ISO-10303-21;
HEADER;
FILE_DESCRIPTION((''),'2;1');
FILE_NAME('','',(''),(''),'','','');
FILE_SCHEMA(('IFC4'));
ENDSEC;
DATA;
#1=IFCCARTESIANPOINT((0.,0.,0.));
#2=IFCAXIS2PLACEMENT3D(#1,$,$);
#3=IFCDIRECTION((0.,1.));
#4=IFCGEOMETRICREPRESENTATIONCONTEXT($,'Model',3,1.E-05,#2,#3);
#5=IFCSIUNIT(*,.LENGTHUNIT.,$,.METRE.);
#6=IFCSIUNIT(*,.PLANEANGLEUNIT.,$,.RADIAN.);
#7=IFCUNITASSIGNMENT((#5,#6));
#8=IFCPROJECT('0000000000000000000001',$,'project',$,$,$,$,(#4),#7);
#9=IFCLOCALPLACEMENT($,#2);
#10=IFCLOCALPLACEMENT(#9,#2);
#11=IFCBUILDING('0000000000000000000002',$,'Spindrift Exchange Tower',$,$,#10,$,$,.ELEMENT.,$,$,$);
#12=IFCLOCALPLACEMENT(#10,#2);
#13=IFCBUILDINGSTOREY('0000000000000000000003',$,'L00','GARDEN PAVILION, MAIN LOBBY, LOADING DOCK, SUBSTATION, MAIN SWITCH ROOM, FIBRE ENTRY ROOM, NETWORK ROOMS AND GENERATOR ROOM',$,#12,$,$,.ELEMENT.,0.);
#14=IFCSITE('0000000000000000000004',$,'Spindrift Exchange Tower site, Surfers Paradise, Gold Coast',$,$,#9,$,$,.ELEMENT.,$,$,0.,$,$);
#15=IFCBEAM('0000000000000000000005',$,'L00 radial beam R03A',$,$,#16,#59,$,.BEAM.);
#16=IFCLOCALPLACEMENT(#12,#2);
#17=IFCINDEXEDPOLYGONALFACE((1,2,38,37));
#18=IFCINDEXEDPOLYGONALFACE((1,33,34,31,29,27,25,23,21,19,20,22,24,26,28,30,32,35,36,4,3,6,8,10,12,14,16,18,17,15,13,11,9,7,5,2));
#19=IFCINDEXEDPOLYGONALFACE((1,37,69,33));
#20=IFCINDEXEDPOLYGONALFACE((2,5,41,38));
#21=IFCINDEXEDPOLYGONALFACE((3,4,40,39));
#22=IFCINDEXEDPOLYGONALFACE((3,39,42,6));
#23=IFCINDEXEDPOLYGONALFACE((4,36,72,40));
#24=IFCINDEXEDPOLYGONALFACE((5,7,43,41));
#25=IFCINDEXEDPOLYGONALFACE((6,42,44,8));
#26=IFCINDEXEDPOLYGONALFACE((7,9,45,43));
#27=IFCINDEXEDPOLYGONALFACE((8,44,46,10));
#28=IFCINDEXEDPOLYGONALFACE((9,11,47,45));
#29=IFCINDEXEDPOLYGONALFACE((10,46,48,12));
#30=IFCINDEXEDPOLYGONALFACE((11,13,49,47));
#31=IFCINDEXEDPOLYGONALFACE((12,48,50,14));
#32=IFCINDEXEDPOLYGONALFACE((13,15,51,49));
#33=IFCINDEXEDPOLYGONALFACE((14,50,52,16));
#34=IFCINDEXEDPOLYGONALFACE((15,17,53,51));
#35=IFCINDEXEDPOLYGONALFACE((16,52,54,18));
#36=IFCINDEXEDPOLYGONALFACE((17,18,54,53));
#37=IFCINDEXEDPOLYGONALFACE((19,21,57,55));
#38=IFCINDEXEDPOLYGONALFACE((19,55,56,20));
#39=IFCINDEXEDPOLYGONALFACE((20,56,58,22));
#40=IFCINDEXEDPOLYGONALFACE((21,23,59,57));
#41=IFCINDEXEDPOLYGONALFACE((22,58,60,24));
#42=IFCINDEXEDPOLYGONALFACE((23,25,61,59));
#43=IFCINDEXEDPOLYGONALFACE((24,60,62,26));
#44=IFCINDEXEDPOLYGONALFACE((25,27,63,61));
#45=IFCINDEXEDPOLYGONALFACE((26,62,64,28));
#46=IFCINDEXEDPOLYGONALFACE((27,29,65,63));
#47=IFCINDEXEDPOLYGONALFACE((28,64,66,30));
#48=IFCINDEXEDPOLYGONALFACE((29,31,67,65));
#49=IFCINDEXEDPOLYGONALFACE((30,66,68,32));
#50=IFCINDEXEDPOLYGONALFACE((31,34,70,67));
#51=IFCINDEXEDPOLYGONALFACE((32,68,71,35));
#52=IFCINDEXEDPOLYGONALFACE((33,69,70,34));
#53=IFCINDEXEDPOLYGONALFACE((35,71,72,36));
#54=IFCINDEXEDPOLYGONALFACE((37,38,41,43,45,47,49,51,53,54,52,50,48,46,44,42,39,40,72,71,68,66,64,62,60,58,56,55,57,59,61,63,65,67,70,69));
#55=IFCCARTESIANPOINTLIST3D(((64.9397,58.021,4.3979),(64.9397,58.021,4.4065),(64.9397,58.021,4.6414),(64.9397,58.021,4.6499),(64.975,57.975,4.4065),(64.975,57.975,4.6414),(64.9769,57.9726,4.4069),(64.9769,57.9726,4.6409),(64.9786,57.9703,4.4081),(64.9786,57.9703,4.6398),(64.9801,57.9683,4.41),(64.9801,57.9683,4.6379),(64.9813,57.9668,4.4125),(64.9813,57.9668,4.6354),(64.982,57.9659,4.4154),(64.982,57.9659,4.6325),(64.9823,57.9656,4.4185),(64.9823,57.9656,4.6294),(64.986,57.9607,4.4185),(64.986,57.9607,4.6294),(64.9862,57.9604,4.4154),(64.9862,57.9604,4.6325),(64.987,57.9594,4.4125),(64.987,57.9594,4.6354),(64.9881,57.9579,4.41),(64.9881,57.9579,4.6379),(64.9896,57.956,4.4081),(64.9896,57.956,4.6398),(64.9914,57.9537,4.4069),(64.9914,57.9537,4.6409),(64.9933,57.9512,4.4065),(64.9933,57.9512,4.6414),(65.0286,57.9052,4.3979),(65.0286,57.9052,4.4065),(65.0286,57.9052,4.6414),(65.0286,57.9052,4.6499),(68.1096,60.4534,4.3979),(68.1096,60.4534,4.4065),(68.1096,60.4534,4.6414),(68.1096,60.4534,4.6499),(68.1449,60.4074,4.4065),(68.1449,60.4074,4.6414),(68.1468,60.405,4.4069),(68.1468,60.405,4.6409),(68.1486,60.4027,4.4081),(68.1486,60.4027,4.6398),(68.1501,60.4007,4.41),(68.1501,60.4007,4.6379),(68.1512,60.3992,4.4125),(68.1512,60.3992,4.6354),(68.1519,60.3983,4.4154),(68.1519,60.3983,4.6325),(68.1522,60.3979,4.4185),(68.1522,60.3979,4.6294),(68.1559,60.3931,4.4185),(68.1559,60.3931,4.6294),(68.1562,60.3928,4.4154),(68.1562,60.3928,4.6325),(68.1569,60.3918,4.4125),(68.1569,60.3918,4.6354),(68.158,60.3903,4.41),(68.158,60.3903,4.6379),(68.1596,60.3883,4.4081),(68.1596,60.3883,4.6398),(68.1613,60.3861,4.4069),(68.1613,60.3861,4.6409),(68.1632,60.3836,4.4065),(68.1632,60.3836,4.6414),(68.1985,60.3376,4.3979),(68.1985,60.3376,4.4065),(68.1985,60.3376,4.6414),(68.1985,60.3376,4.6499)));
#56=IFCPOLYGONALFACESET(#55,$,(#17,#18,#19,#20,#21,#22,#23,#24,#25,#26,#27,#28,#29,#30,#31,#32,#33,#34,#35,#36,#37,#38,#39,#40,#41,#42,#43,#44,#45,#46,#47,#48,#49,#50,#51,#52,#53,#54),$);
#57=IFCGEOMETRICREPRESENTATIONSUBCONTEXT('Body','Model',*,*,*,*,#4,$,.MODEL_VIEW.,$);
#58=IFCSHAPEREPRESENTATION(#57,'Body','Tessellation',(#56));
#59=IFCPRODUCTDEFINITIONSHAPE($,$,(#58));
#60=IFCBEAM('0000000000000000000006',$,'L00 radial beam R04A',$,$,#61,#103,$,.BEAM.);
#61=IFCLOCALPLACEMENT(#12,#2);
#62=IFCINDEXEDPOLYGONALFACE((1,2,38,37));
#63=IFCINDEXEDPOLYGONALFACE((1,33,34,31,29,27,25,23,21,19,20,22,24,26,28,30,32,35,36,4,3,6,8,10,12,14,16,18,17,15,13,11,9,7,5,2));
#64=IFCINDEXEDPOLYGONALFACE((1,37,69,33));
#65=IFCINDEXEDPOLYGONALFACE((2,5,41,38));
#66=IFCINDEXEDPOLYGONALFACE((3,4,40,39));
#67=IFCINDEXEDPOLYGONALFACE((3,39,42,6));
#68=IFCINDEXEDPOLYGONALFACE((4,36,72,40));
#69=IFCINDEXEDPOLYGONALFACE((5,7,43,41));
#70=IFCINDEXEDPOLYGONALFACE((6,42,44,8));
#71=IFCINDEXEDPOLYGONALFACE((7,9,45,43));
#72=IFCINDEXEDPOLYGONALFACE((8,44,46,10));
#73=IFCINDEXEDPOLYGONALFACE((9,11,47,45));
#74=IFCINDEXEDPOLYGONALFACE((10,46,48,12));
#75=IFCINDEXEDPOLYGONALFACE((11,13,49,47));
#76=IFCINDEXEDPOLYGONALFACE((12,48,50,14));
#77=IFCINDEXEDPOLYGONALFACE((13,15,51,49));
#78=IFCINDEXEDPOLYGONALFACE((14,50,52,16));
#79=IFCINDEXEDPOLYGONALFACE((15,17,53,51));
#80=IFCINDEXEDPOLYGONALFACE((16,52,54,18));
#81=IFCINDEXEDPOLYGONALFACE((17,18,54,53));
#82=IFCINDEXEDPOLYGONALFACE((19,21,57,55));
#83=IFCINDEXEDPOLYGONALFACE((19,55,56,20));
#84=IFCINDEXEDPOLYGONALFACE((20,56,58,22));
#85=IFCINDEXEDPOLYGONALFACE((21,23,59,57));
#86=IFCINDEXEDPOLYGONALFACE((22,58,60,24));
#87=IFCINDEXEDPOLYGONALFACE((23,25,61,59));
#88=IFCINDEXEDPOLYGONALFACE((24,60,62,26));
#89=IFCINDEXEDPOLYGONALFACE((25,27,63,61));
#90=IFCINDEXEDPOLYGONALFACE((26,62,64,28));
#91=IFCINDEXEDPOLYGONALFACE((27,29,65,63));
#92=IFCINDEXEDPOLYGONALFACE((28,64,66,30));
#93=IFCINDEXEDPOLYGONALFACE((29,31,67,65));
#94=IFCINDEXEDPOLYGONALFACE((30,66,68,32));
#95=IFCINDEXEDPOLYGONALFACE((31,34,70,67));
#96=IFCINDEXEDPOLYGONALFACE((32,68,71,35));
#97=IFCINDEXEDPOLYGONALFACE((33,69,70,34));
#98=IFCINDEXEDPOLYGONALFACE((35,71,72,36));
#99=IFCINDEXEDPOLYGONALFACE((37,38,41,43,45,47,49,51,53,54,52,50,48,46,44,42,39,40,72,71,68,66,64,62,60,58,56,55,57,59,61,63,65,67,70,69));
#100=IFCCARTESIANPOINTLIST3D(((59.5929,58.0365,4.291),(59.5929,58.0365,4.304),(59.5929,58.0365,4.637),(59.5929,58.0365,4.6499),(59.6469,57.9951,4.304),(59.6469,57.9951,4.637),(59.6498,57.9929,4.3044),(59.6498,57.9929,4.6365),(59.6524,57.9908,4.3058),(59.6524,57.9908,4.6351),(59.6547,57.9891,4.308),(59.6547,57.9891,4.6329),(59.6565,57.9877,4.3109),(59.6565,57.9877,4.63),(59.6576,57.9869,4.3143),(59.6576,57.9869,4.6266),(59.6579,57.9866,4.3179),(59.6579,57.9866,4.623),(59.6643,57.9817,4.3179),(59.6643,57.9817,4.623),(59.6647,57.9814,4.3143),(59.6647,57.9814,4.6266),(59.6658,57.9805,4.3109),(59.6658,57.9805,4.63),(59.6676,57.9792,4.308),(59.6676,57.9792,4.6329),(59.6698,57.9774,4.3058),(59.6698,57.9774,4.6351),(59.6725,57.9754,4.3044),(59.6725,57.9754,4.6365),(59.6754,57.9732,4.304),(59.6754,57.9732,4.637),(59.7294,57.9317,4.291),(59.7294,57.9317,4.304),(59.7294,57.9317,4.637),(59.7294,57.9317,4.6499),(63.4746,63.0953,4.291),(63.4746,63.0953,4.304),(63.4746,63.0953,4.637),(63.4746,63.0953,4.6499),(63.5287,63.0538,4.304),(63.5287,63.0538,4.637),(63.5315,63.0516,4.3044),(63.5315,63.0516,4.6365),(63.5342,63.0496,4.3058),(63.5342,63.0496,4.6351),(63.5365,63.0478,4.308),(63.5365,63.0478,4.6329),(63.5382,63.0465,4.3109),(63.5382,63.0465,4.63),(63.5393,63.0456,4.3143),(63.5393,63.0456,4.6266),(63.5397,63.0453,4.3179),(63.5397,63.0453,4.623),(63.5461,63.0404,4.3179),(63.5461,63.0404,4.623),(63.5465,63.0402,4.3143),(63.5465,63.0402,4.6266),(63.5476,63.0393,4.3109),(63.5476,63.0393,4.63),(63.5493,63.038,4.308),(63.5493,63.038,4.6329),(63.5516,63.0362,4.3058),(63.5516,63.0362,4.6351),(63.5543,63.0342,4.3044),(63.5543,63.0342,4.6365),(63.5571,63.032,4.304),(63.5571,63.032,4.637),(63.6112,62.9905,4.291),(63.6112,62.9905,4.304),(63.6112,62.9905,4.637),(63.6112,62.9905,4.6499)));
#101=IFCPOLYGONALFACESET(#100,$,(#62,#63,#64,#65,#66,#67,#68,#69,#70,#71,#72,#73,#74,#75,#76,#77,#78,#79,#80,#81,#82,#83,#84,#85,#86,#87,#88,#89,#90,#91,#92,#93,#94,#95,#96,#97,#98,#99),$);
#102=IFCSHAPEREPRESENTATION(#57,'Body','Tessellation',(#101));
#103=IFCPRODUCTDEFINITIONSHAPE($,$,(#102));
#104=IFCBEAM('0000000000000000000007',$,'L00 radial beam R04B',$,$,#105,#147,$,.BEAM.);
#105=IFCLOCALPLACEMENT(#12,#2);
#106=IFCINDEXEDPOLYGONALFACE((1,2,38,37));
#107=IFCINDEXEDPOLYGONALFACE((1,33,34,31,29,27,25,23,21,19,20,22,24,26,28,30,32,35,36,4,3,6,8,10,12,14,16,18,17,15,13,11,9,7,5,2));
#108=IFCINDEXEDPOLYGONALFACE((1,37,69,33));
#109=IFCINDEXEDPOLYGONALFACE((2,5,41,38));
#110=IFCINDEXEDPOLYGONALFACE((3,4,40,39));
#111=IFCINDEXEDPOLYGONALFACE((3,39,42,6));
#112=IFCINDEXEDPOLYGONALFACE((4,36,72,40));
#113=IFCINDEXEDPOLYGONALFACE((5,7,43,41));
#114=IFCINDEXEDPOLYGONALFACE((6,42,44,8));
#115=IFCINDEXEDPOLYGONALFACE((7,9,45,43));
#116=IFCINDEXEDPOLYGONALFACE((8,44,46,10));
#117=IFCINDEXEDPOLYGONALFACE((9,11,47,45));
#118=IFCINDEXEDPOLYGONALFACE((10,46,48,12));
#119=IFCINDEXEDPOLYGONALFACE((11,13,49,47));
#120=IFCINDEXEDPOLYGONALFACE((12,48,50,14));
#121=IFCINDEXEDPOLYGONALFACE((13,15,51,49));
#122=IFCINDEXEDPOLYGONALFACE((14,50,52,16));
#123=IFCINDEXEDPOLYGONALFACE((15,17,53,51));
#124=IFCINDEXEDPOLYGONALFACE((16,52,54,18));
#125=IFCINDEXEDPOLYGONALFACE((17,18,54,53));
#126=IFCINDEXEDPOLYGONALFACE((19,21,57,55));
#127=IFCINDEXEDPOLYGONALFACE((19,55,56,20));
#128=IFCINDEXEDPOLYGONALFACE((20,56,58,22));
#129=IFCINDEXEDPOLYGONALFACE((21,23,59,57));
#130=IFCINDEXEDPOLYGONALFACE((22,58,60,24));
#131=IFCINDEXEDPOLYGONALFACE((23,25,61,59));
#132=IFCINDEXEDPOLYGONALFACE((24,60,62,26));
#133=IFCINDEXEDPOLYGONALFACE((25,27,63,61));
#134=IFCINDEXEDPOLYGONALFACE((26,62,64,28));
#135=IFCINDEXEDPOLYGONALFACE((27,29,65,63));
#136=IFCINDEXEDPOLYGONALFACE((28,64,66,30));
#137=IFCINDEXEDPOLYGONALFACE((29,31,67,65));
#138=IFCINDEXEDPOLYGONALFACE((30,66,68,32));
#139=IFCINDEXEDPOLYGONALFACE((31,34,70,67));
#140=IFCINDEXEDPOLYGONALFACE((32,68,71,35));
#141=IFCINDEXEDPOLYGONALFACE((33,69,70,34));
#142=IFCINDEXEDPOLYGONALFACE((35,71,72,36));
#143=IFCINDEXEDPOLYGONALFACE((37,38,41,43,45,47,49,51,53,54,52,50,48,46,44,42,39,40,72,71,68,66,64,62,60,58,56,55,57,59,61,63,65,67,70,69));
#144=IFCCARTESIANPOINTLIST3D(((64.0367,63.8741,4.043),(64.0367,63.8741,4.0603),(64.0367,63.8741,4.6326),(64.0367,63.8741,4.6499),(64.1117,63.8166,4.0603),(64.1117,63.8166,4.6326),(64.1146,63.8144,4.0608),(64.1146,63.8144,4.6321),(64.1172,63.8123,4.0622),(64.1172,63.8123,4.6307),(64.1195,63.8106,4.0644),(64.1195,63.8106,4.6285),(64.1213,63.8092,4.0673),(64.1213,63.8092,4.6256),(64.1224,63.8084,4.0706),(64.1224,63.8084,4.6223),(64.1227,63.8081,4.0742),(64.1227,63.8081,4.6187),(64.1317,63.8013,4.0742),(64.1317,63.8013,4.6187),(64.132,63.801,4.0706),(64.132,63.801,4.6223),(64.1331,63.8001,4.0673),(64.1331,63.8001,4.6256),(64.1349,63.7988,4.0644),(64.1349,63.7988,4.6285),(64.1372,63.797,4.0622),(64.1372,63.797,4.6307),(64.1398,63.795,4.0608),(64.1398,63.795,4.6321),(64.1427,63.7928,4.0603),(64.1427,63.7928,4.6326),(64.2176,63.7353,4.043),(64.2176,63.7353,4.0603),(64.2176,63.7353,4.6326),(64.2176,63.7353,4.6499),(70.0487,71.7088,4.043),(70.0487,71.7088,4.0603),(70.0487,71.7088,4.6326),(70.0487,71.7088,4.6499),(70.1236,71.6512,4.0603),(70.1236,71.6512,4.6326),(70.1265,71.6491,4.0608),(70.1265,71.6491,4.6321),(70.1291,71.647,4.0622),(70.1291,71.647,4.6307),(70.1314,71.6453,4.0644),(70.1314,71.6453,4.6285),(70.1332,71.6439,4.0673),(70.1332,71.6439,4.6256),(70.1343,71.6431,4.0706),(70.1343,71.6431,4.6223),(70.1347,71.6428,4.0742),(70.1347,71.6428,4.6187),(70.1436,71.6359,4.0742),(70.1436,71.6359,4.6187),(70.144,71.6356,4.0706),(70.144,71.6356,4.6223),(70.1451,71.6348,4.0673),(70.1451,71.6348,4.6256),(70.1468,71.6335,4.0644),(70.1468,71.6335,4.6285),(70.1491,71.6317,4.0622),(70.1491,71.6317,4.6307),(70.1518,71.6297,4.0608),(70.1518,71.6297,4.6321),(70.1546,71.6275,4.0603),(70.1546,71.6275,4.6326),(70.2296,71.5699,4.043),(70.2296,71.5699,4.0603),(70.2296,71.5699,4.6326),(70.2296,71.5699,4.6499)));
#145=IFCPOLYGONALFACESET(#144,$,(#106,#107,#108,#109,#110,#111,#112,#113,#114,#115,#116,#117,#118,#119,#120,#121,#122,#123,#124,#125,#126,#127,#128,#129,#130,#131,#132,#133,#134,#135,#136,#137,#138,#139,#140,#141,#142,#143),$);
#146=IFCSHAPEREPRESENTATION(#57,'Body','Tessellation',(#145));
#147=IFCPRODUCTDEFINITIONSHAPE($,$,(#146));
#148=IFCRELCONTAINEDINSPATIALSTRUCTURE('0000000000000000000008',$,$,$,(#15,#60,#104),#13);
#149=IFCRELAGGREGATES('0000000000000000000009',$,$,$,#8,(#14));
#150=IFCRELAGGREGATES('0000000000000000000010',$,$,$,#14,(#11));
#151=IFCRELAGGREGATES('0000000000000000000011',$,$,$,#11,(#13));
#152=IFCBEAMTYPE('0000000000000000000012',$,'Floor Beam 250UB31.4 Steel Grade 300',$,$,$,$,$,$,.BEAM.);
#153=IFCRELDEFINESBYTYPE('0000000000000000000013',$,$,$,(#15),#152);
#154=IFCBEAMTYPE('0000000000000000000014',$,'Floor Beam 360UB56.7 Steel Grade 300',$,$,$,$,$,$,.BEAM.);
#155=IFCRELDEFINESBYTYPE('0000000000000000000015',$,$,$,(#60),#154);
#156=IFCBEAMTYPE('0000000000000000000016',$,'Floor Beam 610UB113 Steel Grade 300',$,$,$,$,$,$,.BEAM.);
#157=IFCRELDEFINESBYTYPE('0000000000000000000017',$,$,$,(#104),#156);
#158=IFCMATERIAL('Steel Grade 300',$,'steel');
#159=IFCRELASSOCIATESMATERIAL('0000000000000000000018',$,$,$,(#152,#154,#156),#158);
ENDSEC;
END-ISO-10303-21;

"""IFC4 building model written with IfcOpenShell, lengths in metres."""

from ifc_helpers import new_model, si_unit, direction, frame, origin, origin_2d, place, context, subcontext, project, spatial, i_section, extrude, source, transform, mapped, material, material_profile, profile_set, type_object, element, save


model = new_model("IFC4")

# Units and contexts
model_context = context("Model", 3, precision=1e-05, world=origin(), true_north=direction((0.0, 1.0)))
body_context = subcontext(model_context, "Body", "Model", "MODEL_VIEW")
ifc_project = project(units=[si_unit("LENGTHUNIT", "METRE"), si_unit("PLANEANGLEUNIT", "RADIAN")], contexts=[model_context])

# Site, building, storey
site_placement = place(None, origin())
site = spatial("IfcSite", under=ifc_project, at=site_placement, Name="Spindrift Exchange Tower site, Surfers Paradise, Gold Coast", CompositionType="ELEMENT", RefElevation=0.0)
building_placement = place(site_placement, origin())
building = spatial("IfcBuilding", under=site, at=building_placement, Name="Spindrift Exchange Tower", CompositionType="ELEMENT")
storey_placement = place(building_placement, origin())
storey = spatial("IfcBuildingStorey", under=building, at=storey_placement, Name="L00", Description="GARDEN PAVILION, MAIN LOBBY, LOADING DOCK, SUBSTATION, MAIN SWITCH ROOM, FIBRE ENTRY ROOM, NETWORK ROOMS AND GENERATOR ROOM", CompositionType="ELEMENT", Elevation=0.0)

# Beams
ifc_material_1 = material(Name="Steel Grade 300", Category="steel")
ifc_material_profile_1 = material_profile(ifc_material_1, i_section(OverallWidth=0.146, OverallDepth=0.252, WebThickness=0.0061, FlangeThickness=0.0085, FilletRadius=0.012, at=origin_2d()), Name="250UB31.4")
ifc_profile_set_1 = profile_set([ifc_material_profile_1], Name="Steel Grade 300")
beam_type_1 = type_object("IfcBeamType", Name="Floor Beam 250UB31.4 Steel Grade 300", PredefinedType="BEAM", material=ifc_profile_set_1)
shared_shape_1 = source(origin(), body_context, "Body", "SweptSolid", [
    extrude(i_section(OverallWidth=0.146, OverallDepth=0.252, WebThickness=0.0061, FlangeThickness=0.0085, FilletRadius=0.012, at=origin_2d()), origin(), (0.0, 0.0, 1.0), 3.9956),
])
beam_1_placement = place(storey_placement, frame((64.9841, 57.9631, 4.5239), z_axis=(0.793353, 0.608762, 0.0), x_axis=(-0.608762, 0.793353, 0.0)))
element("IfcBeam", 1, at=beam_1_placement, inside=storey, type_object=beam_type_1, Name="L00 radial beam R03A", PredefinedType="BEAM", context=body_context, shape_type="MappedRepresentation", body=[
    mapped(shared_shape_1, transform((0.0, 0.0, 0.0), scale=1.0)),
])
ifc_material_profile_2 = material_profile(ifc_material_1, i_section(OverallWidth=0.1721, OverallDepth=0.3589, WebThickness=0.0081, FlangeThickness=0.0129, FilletRadius=0.0139, at=origin_2d()), Name="360UB56.7")
ifc_profile_set_2 = profile_set([ifc_material_profile_2], Name="Steel Grade 300")
beam_type_2 = type_object("IfcBeamType", Name="Floor Beam 360UB56.7 Steel Grade 300", PredefinedType="BEAM", material=ifc_profile_set_2)
shared_shape_2 = source(origin(), body_context, "Body", "SweptSolid", [
    extrude(i_section(OverallWidth=0.1721, OverallDepth=0.3589, WebThickness=0.0081, FlangeThickness=0.0129, FilletRadius=0.0139, at=origin_2d()), origin(), (0.0, 0.0, 1.0), 6.3765),
])
beam_2_placement = place(storey_placement, frame((59.6611, 57.9841, 4.4705), z_axis=(0.608767, 0.793349, 0.0), x_axis=(-0.793349, 0.608767, 0.0)))
element("IfcBeam", 2, at=beam_2_placement, inside=storey, type_object=beam_type_2, Name="L00 radial beam R04A", PredefinedType="BEAM", context=body_context, shape_type="MappedRepresentation", body=[
    mapped(shared_shape_2, transform((0.0, 0.0, 0.0), scale=1.0)),
])
ifc_material_profile_3 = material_profile(ifc_material_1, i_section(OverallWidth=0.228, OverallDepth=0.6069, WebThickness=0.0112, FlangeThickness=0.0173, FilletRadius=0.0139, at=origin_2d()), Name="610UB113")
ifc_profile_set_3 = profile_set([ifc_material_profile_3], Name="Steel Grade 300")
beam_type_3 = type_object("IfcBeamType", Name="Floor Beam 610UB113 Steel Grade 300", PredefinedType="BEAM", material=ifc_profile_set_3)
shared_shape_3 = source(origin(), body_context, "Body", "SweptSolid", [
    extrude(i_section(OverallWidth=0.228, OverallDepth=0.6069, WebThickness=0.0112, FlangeThickness=0.0173, FilletRadius=0.0139, at=origin_2d()), origin(), (0.0, 0.0, 1.0), 9.8755),
])
beam_3_placement = place(storey_placement, frame((64.1272, 63.8047, 4.3464), z_axis=(0.608772, 0.793345, 0.0), x_axis=(-0.793345, 0.608772, 0.0)))
element("IfcBeam", 3, at=beam_3_placement, inside=storey, type_object=beam_type_3, Name="L00 radial beam R04B", PredefinedType="BEAM", context=body_context, shape_type="MappedRepresentation", body=[
    mapped(shared_shape_3, transform((0.0, 0.0, 0.0), scale=1.0)),
])

save(model, "model.ifc")
